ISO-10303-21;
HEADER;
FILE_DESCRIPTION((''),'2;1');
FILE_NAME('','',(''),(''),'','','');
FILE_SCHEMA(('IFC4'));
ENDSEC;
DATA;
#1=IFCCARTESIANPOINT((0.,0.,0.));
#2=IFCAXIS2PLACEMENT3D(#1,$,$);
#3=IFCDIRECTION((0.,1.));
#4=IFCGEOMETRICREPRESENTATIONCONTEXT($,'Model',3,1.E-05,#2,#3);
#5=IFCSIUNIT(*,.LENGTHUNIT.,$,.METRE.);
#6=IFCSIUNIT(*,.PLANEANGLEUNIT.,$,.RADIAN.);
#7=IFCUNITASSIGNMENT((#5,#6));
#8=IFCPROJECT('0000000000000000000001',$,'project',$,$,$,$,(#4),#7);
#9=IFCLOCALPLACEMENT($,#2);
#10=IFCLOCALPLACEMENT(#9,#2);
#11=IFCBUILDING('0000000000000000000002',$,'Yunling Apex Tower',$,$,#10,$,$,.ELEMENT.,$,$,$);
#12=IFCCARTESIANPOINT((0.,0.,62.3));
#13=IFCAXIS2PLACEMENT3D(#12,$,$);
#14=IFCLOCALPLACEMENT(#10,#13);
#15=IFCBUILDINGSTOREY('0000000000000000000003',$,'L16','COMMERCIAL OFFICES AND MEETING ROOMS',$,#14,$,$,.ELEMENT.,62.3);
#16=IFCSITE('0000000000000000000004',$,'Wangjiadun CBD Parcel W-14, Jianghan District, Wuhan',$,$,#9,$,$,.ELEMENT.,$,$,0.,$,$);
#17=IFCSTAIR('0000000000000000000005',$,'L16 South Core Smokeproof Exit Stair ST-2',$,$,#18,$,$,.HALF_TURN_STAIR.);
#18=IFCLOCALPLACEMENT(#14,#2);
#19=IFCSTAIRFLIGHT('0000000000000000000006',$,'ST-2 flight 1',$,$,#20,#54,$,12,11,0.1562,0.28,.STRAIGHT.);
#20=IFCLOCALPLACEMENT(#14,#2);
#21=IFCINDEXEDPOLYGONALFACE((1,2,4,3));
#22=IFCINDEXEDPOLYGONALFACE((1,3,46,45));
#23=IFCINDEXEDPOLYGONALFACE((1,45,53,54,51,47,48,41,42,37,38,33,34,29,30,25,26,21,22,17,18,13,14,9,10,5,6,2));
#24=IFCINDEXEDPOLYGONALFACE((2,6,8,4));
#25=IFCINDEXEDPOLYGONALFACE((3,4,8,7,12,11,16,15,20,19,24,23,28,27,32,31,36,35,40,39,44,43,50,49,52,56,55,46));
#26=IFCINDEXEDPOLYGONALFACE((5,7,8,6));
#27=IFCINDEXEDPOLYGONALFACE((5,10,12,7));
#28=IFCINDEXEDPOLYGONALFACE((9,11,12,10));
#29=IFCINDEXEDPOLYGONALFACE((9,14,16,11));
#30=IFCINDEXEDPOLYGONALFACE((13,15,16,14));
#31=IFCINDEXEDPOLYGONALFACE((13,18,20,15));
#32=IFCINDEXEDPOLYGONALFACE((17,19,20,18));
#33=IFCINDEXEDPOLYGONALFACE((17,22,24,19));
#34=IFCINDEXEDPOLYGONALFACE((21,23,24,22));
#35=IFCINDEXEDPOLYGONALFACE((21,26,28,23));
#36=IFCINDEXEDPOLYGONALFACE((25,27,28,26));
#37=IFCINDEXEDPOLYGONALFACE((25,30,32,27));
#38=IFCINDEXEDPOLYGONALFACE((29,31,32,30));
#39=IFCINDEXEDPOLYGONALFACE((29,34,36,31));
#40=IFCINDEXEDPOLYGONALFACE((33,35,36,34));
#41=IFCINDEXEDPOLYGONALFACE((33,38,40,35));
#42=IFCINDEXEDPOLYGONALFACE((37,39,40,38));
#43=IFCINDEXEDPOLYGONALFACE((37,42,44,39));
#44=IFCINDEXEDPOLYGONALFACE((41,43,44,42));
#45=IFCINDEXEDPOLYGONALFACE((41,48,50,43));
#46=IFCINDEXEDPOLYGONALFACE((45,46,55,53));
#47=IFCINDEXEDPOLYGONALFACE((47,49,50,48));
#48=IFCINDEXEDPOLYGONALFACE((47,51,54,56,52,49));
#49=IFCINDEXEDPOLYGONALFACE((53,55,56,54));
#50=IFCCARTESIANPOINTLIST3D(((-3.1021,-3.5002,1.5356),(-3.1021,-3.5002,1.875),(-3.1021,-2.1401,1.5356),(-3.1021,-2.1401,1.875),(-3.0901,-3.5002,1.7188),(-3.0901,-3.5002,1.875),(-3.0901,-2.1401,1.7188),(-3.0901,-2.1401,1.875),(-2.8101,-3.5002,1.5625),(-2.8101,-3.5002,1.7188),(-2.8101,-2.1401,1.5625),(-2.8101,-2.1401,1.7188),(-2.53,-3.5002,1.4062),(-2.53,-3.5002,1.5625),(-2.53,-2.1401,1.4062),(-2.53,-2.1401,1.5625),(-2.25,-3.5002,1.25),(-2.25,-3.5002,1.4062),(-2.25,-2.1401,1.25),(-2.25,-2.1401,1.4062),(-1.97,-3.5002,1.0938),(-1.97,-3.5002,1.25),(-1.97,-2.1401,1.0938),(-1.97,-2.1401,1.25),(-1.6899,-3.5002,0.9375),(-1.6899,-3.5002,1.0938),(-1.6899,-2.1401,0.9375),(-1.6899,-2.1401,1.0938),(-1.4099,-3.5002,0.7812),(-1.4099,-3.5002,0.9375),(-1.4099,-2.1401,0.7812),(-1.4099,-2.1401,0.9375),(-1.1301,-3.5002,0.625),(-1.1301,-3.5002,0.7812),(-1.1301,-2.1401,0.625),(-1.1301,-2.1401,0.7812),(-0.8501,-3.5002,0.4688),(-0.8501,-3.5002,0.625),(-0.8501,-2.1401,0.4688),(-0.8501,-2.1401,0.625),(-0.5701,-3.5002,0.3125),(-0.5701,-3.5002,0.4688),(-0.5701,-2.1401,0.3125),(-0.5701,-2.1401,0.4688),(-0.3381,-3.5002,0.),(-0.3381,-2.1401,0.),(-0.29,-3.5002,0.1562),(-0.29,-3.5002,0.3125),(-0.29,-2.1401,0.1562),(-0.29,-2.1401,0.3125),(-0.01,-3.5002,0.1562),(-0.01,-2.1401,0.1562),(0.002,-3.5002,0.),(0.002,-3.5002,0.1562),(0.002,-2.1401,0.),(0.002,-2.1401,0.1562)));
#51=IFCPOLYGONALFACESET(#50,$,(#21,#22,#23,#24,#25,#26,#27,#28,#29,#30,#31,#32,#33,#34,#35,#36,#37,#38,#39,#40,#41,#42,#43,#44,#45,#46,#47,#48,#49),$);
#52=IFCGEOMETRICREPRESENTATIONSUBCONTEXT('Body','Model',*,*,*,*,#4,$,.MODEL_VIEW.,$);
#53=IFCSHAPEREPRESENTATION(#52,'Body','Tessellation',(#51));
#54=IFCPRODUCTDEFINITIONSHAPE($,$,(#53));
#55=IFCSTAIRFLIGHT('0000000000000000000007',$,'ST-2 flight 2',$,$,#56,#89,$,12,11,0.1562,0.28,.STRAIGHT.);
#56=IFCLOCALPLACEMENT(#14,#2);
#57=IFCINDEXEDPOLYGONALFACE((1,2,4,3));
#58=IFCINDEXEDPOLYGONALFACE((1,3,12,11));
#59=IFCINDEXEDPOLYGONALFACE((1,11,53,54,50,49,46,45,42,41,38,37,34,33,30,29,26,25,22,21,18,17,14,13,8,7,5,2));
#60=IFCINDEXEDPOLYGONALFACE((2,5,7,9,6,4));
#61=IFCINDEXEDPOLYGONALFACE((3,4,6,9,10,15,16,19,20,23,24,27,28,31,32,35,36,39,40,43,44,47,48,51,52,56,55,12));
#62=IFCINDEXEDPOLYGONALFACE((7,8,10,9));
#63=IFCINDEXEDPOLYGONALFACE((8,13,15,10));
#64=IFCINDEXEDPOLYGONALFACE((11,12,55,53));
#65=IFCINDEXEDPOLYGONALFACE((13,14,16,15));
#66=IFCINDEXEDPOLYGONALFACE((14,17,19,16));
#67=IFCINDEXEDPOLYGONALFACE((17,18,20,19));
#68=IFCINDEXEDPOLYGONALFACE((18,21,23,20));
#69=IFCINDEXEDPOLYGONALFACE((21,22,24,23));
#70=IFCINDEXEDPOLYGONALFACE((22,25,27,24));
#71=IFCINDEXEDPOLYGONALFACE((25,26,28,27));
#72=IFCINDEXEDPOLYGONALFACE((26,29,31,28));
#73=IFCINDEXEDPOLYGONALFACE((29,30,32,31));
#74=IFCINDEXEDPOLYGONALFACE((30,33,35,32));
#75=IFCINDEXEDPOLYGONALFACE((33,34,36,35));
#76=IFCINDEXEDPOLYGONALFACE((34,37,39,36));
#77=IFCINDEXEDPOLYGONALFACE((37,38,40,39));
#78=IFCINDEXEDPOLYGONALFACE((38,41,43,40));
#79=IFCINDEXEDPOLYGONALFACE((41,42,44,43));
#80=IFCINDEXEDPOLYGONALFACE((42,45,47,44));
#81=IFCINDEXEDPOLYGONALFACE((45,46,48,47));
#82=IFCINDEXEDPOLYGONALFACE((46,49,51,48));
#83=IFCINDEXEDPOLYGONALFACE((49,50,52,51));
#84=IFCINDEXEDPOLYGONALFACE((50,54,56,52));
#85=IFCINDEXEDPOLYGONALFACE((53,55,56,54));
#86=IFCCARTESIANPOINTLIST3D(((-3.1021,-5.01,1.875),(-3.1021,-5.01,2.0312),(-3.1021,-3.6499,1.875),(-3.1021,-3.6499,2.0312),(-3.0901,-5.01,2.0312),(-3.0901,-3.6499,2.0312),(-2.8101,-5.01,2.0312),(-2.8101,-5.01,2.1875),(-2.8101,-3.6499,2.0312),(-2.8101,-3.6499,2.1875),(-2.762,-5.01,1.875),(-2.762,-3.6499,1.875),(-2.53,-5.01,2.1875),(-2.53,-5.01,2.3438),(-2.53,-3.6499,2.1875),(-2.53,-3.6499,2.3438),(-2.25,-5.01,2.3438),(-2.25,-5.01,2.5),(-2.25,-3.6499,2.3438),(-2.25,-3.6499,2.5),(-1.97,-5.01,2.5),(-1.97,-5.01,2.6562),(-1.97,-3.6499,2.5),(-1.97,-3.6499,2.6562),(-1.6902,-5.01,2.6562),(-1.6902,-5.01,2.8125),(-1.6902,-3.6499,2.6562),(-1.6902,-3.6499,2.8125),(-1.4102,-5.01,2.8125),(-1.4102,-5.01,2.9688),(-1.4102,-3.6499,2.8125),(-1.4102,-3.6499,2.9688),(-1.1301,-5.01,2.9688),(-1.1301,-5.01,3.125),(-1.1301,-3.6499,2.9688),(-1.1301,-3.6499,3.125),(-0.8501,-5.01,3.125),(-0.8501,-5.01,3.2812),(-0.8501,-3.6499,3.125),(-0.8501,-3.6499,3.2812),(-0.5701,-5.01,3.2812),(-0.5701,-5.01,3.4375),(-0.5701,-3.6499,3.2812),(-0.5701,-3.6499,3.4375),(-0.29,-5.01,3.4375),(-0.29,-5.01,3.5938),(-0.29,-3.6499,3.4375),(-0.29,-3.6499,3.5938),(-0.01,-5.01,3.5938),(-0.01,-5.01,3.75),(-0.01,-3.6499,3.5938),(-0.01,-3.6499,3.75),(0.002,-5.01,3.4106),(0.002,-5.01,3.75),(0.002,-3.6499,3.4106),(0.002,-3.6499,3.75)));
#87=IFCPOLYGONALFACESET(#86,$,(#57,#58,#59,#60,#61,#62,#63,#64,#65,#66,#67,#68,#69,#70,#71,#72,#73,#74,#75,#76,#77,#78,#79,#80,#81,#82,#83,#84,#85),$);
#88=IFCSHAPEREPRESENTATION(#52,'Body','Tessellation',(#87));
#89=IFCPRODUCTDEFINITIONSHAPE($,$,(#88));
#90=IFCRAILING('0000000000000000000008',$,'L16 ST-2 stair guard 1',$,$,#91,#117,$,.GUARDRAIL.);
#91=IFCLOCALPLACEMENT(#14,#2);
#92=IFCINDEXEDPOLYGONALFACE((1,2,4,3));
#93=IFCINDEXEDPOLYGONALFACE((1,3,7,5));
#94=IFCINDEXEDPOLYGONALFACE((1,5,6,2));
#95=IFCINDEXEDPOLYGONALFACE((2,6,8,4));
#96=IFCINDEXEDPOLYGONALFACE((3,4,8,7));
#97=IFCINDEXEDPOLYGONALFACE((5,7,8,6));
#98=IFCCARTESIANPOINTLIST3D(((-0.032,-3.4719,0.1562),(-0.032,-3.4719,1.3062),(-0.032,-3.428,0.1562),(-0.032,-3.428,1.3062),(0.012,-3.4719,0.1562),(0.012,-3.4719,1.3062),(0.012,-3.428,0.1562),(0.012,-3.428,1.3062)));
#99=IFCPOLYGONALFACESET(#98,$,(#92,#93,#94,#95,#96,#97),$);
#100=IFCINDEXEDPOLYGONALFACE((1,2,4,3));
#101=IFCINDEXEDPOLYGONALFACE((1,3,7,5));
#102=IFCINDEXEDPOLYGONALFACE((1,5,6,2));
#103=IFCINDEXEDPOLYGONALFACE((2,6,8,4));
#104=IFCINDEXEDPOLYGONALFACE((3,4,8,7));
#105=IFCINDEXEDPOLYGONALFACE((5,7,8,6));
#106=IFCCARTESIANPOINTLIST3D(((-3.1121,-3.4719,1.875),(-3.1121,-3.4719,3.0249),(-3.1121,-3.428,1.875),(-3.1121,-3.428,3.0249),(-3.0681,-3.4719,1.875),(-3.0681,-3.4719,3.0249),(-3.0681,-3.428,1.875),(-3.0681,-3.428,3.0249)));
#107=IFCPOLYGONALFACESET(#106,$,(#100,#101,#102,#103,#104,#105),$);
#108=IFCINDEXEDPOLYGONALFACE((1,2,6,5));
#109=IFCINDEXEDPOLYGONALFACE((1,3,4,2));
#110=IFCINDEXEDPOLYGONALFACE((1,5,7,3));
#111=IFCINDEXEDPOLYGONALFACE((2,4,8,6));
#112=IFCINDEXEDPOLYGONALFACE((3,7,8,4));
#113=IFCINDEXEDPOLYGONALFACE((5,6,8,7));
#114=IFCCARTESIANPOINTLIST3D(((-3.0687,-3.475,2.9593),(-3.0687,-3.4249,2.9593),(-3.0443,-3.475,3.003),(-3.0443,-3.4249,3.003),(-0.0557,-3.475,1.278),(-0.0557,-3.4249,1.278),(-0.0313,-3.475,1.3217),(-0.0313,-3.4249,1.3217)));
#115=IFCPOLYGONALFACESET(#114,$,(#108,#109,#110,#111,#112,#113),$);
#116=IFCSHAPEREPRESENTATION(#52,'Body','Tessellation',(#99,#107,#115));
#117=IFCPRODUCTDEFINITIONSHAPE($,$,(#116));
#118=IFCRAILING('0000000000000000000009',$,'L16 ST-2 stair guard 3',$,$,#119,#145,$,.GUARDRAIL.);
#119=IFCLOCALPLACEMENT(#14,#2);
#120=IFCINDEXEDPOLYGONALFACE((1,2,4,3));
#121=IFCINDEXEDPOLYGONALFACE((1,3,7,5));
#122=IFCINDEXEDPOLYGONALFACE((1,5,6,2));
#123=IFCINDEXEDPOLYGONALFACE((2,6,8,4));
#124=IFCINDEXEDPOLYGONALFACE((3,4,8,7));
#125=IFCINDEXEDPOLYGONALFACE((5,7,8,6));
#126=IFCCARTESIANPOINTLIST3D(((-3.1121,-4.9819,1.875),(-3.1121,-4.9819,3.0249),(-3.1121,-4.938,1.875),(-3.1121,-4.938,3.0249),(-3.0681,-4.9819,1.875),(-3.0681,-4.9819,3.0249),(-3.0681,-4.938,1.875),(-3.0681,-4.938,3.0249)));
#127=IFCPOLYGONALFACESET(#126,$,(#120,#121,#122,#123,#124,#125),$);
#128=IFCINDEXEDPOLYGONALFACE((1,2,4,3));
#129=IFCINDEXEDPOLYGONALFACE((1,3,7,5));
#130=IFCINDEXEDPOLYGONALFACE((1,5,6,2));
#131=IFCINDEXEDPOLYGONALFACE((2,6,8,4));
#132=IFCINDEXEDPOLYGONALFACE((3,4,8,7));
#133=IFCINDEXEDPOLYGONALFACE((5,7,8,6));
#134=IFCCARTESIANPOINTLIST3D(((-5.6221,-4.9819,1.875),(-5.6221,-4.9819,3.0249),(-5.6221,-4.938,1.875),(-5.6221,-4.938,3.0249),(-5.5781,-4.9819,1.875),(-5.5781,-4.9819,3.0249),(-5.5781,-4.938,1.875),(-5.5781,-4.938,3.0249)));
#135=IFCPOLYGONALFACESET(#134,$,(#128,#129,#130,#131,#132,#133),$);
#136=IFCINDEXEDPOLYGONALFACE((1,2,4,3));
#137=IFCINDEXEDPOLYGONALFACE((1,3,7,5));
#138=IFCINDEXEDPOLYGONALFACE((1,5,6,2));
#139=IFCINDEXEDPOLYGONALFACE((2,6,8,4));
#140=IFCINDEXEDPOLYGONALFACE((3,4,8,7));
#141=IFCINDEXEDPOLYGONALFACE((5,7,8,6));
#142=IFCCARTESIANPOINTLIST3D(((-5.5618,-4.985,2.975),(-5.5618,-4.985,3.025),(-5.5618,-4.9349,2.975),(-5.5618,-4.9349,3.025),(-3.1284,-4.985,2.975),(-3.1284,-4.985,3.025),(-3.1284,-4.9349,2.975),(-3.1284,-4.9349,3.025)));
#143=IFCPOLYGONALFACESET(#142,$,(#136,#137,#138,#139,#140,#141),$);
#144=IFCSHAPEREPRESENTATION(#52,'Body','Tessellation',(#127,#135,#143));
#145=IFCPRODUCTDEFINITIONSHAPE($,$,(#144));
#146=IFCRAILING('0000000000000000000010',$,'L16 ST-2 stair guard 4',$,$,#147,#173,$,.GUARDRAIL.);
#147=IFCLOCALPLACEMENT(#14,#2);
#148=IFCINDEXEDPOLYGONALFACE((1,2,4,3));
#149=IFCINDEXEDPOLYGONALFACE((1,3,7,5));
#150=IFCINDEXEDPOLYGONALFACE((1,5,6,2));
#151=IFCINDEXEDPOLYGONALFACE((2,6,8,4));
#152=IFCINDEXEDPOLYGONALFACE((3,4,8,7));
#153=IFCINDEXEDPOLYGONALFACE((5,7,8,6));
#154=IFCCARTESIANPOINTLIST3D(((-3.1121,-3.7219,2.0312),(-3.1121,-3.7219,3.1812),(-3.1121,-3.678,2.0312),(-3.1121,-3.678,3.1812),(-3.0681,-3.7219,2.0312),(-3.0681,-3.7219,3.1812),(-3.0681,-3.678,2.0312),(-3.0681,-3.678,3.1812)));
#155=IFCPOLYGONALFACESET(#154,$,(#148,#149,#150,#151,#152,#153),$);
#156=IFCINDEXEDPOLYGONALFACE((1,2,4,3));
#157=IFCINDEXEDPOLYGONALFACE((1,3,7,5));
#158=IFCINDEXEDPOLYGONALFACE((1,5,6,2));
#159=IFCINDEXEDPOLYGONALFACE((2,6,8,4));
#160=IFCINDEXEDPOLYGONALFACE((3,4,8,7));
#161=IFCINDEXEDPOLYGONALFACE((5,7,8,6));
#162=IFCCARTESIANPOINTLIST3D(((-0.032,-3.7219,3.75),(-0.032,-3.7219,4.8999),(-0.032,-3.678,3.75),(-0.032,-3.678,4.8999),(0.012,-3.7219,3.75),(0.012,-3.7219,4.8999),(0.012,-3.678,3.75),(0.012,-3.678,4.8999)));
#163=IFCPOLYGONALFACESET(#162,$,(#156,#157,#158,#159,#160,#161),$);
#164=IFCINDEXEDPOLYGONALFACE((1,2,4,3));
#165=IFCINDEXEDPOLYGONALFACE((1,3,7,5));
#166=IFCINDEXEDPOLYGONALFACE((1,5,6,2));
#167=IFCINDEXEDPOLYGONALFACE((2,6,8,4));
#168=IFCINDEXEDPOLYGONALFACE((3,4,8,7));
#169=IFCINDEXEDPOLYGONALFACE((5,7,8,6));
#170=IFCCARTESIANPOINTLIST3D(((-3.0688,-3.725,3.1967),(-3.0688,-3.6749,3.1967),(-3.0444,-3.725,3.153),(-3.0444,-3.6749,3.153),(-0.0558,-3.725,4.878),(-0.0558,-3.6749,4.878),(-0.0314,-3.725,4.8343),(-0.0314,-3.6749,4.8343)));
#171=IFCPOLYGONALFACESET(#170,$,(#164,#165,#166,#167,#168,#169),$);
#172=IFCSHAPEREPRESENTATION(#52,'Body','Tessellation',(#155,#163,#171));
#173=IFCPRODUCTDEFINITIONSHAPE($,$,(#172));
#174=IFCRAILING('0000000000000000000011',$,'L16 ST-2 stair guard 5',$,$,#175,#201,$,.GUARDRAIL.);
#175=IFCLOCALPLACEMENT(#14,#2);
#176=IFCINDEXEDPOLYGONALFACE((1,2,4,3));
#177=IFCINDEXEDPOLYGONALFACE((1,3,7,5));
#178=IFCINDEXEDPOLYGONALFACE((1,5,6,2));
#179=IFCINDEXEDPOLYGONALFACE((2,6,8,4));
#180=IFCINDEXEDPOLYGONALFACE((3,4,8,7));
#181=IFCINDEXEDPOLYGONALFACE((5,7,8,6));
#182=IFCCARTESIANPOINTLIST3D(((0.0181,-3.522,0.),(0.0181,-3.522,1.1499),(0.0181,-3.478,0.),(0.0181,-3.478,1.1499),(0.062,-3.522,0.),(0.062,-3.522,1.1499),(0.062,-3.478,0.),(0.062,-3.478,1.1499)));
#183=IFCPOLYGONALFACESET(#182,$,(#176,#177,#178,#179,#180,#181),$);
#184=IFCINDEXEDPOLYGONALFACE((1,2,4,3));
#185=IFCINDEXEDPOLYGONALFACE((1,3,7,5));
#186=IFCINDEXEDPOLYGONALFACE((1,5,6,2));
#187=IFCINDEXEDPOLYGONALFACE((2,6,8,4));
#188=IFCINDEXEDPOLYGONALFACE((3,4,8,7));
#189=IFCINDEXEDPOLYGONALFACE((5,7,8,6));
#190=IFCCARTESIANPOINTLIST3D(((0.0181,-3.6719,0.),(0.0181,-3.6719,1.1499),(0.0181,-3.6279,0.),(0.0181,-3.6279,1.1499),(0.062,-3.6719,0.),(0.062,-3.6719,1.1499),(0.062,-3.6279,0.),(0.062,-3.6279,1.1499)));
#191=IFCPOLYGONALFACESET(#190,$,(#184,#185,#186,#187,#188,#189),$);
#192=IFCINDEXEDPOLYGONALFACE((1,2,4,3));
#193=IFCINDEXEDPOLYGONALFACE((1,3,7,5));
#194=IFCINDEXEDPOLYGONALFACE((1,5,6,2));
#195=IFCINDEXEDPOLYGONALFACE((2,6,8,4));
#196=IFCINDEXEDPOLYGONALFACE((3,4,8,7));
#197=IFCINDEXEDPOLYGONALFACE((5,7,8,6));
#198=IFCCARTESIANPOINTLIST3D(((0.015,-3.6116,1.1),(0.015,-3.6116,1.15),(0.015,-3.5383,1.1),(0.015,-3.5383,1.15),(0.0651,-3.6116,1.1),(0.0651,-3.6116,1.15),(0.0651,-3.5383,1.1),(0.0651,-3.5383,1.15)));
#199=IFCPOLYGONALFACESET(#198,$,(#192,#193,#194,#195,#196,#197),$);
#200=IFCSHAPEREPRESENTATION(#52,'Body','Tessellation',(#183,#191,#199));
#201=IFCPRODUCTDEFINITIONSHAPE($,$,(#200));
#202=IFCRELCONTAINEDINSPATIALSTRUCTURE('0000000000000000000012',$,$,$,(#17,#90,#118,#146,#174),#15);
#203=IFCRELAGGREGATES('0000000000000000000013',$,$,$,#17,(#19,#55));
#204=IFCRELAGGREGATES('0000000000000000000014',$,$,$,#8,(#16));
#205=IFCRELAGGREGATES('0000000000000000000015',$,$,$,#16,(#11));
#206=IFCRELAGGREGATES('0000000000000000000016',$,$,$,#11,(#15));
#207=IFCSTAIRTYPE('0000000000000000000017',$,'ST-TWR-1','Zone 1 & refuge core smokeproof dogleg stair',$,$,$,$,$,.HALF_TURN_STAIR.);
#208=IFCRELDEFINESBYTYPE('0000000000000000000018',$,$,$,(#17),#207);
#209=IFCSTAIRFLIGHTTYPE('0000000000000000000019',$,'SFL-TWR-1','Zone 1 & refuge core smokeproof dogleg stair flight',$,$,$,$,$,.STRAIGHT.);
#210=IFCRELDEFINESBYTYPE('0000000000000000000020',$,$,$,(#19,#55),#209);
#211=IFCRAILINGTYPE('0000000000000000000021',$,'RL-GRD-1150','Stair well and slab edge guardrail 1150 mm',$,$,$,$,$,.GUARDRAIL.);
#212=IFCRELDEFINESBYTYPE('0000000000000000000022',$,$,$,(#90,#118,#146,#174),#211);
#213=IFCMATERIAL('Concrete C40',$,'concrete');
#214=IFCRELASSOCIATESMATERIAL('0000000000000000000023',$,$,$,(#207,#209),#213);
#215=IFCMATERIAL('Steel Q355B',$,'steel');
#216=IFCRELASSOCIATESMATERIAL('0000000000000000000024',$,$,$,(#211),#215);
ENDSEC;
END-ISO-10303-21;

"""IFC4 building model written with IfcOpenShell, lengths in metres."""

from ifc_helpers import new_model, si_unit, direction, frame, origin, origin_2d, place, context, subcontext, project, spatial, polyline, rectangle, outline, extrude, material, type_object, element, aggregate, save


model = new_model("IFC4")

# Units and contexts
model_context = context("Model", 3, precision=1e-05, world=origin(), true_north=direction((0.0, 1.0)))
body_context = subcontext(model_context, "Body", "Model", "MODEL_VIEW")
ifc_project = project(units=[si_unit("LENGTHUNIT", "METRE"), si_unit("PLANEANGLEUNIT", "RADIAN")], contexts=[model_context])

# Site, building, storey
site_placement = place(None, origin())
site = spatial("IfcSite", under=ifc_project, at=site_placement, Name="Wangjiadun CBD Parcel W-14, Jianghan District, Wuhan", CompositionType="ELEMENT", RefElevation=0.0)
building_placement = place(site_placement, origin())
building = spatial("IfcBuilding", under=site, at=building_placement, Name="Yunling Apex Tower", CompositionType="ELEMENT")
storey_placement = place(building_placement, frame((0.0, 0.0, 62.3)))
storey = spatial("IfcBuildingStorey", under=building, at=storey_placement, Name="L16", Description="COMMERCIAL OFFICES AND MEETING ROOMS", CompositionType="ELEMENT", Elevation=62.3)

# Shared definitions
ifc_material_1 = material(Name="Steel Q355B", Category="steel")

# Shared definitions
ifc_material_2 = material(Name="Concrete C40", Category="concrete")

# Stair, stair flights
stair_type = type_object("IfcStairType", Name="ST-TWR-1", Description="Zone 1 & refuge core smokeproof dogleg stair", PredefinedType="HALF_TURN_STAIR", material=ifc_material_2)
stair_placement = place(storey_placement, origin())
stair = element("IfcStair", 1, at=stair_placement, inside=storey, type_object=stair_type, Name="L16 South Core Smokeproof Exit Stair ST-2", PredefinedType="HALF_TURN_STAIR")
stair_flight_type = type_object("IfcStairFlightType", Name="SFL-TWR-1", Description="Zone 1 & refuge core smokeproof dogleg stair flight", PredefinedType="STRAIGHT", material=ifc_material_2)
stair_flight_1_placement = place(storey_placement, frame((-0.01, -2.8201, 0.0), z_axis=(0.0, 0.0, 1.0), x_axis=(-1.0, 0.0, 0.0)))
stair_flight_1 = element("IfcStairFlight", 2, at=stair_flight_1_placement, type_object=stair_flight_type, Name="ST-2 flight 1", NumberOfRisers=12, NumberOfTreads=11, PredefinedType="STRAIGHT", RiserHeight=0.1562, TreadLength=0.28, context=body_context, shape_type="SweptSolid", body=[
    extrude(outline(polyline([(-0.012, 0.0), (-0.012, 0.1562), (0.0, 0.1562), (0.28, 0.1562), (0.28, 0.3125), (0.5601, 0.3125), (0.5601, 0.4688), (0.8401, 0.4688), (0.8401, 0.625), (1.1201, 0.625), (1.1201, 0.7812), (1.3999, 0.7812), (1.3999, 0.9375), (1.6799, 0.9375), (1.6799, 1.0938), (1.96, 1.0938), (1.96, 1.25), (2.24, 1.25), (2.24, 1.4062), (2.52, 1.4062), (2.52, 1.5625), (2.8, 1.5625), (2.8, 1.7188), (3.0801, 1.7188), (3.0801, 1.875), (3.092, 1.875), (3.092, 1.5356), (0.3281, 0.0), (-0.012, 0.0)])), frame((0.0, 0.6802, 0.0), z_axis=(0.0, -1.0, 0.0), x_axis=(1.0, 0.0, 0.0)), (0.0, 0.0, 1.0), 1.3601),
])
stair_flight_2_placement = place(storey_placement, frame((-3.0901, -4.3301, 1.875), z_axis=(0.0, 0.0, 1.0), x_axis=(1.0, 0.0, 0.0)))
stair_flight_2 = element("IfcStairFlight", 3, at=stair_flight_2_placement, type_object=stair_flight_type, Name="ST-2 flight 2", NumberOfRisers=12, NumberOfTreads=11, PredefinedType="STRAIGHT", RiserHeight=0.1562, TreadLength=0.28, context=body_context, shape_type="SweptSolid", body=[
    extrude(outline(polyline([(-0.012, 0.0), (-0.012, 0.1562), (0.0, 0.1562), (0.28, 0.1562), (0.28, 0.3125), (0.5601, 0.3125), (0.5601, 0.4688), (0.8401, 0.4688), (0.8401, 0.625), (1.1201, 0.625), (1.1201, 0.7812), (1.3999, 0.7812), (1.3999, 0.9375), (1.6799, 0.9375), (1.6799, 1.0938), (1.96, 1.0938), (1.96, 1.25), (2.24, 1.25), (2.24, 1.4062), (2.52, 1.4062), (2.52, 1.5625), (2.8, 1.5625), (2.8, 1.7188), (3.0801, 1.7188), (3.0801, 1.875), (3.092, 1.875), (3.092, 1.5356), (0.3281, 0.0), (-0.012, 0.0)])), frame((0.0, 0.6802, 0.0), z_axis=(0.0, -1.0, 0.0), x_axis=(1.0, 0.0, 0.0)), (0.0, 0.0, 1.0), 1.3601),
])
aggregate(stair, [stair_flight_1, stair_flight_2])

# Railings
railing_type_1 = type_object("IfcRailingType", Name="RL-GRD-1150", Description="Stair well and slab edge guardrail 1150 mm", PredefinedType="GUARDRAIL", material=ifc_material_1)
railing_1_placement = place(storey_placement, frame((-0.01, -3.45, 0.1562)))
element("IfcRailing", 4, at=railing_1_placement, inside=storey, type_object=railing_type_1, Name="L16 ST-2 stair guard 1", PredefinedType="GUARDRAIL", context=body_context, shape_type="SweptSolid", body=[
    extrude(rectangle(XDim=0.0439, YDim=0.0439, at=origin_2d()), origin(), (0.0, 0.0, 1.0), 1.1499),
    extrude(rectangle(XDim=0.0439, YDim=0.0439, at=origin_2d()), frame((-3.0801, 0.0, 1.7188)), (0.0, 0.0, 1.0), 1.1499),
    extrude(rectangle(XDim=0.05, YDim=0.05, at=origin_2d()), frame((-0.0334, 0.0, 1.1436), z_axis=(-0.873242, 0.0, 0.487288), x_axis=(0.0, -1.0, 0.0)), (0.0, 0.0, 1.0), 3.4504),
])
railing_2_placement = place(storey_placement, frame((-3.0901, -4.96, 1.875)))
element("IfcRailing", 5, at=railing_2_placement, inside=storey, type_object=railing_type_1, Name="L16 ST-2 stair guard 3", PredefinedType="GUARDRAIL", context=body_context, shape_type="SweptSolid", body=[
    extrude(rectangle(XDim=0.0439, YDim=0.0439, at=origin_2d()), origin(), (0.0, 0.0, 1.0), 1.1499),
    extrude(rectangle(XDim=0.0439, YDim=0.0439, at=origin_2d()), frame((-2.51, 0.0, 0.0)), (0.0, 0.0, 1.0), 1.1499),
    extrude(rectangle(XDim=0.05, YDim=0.05, at=origin_2d()), frame((-0.0383, 0.0, 1.125), z_axis=(-1.0, 0.0, 0.0), x_axis=(0.0, -1.0, 0.0)), (0.0, 0.0, 1.0), 2.4333),
])
railing_3_placement = place(storey_placement, frame((-3.0901, -3.7, 2.0312)))
element("IfcRailing", 6, at=railing_3_placement, inside=storey, type_object=railing_type_1, Name="L16 ST-2 stair guard 4", PredefinedType="GUARDRAIL", context=body_context, shape_type="SweptSolid", body=[
    extrude(rectangle(XDim=0.0439, YDim=0.0439, at=origin_2d()), origin(), (0.0, 0.0, 1.0), 1.1499),
    extrude(rectangle(XDim=0.0439, YDim=0.0439, at=origin_2d()), frame((3.0801, 0.0, 1.7188)), (0.0, 0.0, 1.0), 1.1499),
    extrude(rectangle(XDim=0.05, YDim=0.05, at=origin_2d()), frame((0.0334, 0.0, 1.1436), z_axis=(0.873242, 0.0, 0.487288), x_axis=(0.0, 1.0, 0.0)), (0.0, 0.0, 1.0), 3.4504),
])
railing_4_placement = place(storey_placement, frame((0.04, -3.5, 0.0)))
element("IfcRailing", 7, at=railing_4_placement, inside=storey, type_object=railing_type_1, Name="L16 ST-2 stair guard 5", PredefinedType="GUARDRAIL", context=body_context, shape_type="SweptSolid", body=[
    extrude(rectangle(XDim=0.0439, YDim=0.0439, at=origin_2d()), origin(), (0.0, 0.0, 1.0), 1.1499),
    extrude(rectangle(XDim=0.0439, YDim=0.0439, at=origin_2d()), frame((0.0, -0.1499, 0.0)), (0.0, 0.0, 1.0), 1.1499),
    extrude(rectangle(XDim=0.05, YDim=0.05, at=origin_2d()), frame((0.0, -0.0383, 1.125), z_axis=(0.0, -1.0, 0.0), x_axis=(1.0, 0.0, 0.0)), (0.0, 0.0, 1.0), 0.0732),
])

save(model, "model.ifc")
